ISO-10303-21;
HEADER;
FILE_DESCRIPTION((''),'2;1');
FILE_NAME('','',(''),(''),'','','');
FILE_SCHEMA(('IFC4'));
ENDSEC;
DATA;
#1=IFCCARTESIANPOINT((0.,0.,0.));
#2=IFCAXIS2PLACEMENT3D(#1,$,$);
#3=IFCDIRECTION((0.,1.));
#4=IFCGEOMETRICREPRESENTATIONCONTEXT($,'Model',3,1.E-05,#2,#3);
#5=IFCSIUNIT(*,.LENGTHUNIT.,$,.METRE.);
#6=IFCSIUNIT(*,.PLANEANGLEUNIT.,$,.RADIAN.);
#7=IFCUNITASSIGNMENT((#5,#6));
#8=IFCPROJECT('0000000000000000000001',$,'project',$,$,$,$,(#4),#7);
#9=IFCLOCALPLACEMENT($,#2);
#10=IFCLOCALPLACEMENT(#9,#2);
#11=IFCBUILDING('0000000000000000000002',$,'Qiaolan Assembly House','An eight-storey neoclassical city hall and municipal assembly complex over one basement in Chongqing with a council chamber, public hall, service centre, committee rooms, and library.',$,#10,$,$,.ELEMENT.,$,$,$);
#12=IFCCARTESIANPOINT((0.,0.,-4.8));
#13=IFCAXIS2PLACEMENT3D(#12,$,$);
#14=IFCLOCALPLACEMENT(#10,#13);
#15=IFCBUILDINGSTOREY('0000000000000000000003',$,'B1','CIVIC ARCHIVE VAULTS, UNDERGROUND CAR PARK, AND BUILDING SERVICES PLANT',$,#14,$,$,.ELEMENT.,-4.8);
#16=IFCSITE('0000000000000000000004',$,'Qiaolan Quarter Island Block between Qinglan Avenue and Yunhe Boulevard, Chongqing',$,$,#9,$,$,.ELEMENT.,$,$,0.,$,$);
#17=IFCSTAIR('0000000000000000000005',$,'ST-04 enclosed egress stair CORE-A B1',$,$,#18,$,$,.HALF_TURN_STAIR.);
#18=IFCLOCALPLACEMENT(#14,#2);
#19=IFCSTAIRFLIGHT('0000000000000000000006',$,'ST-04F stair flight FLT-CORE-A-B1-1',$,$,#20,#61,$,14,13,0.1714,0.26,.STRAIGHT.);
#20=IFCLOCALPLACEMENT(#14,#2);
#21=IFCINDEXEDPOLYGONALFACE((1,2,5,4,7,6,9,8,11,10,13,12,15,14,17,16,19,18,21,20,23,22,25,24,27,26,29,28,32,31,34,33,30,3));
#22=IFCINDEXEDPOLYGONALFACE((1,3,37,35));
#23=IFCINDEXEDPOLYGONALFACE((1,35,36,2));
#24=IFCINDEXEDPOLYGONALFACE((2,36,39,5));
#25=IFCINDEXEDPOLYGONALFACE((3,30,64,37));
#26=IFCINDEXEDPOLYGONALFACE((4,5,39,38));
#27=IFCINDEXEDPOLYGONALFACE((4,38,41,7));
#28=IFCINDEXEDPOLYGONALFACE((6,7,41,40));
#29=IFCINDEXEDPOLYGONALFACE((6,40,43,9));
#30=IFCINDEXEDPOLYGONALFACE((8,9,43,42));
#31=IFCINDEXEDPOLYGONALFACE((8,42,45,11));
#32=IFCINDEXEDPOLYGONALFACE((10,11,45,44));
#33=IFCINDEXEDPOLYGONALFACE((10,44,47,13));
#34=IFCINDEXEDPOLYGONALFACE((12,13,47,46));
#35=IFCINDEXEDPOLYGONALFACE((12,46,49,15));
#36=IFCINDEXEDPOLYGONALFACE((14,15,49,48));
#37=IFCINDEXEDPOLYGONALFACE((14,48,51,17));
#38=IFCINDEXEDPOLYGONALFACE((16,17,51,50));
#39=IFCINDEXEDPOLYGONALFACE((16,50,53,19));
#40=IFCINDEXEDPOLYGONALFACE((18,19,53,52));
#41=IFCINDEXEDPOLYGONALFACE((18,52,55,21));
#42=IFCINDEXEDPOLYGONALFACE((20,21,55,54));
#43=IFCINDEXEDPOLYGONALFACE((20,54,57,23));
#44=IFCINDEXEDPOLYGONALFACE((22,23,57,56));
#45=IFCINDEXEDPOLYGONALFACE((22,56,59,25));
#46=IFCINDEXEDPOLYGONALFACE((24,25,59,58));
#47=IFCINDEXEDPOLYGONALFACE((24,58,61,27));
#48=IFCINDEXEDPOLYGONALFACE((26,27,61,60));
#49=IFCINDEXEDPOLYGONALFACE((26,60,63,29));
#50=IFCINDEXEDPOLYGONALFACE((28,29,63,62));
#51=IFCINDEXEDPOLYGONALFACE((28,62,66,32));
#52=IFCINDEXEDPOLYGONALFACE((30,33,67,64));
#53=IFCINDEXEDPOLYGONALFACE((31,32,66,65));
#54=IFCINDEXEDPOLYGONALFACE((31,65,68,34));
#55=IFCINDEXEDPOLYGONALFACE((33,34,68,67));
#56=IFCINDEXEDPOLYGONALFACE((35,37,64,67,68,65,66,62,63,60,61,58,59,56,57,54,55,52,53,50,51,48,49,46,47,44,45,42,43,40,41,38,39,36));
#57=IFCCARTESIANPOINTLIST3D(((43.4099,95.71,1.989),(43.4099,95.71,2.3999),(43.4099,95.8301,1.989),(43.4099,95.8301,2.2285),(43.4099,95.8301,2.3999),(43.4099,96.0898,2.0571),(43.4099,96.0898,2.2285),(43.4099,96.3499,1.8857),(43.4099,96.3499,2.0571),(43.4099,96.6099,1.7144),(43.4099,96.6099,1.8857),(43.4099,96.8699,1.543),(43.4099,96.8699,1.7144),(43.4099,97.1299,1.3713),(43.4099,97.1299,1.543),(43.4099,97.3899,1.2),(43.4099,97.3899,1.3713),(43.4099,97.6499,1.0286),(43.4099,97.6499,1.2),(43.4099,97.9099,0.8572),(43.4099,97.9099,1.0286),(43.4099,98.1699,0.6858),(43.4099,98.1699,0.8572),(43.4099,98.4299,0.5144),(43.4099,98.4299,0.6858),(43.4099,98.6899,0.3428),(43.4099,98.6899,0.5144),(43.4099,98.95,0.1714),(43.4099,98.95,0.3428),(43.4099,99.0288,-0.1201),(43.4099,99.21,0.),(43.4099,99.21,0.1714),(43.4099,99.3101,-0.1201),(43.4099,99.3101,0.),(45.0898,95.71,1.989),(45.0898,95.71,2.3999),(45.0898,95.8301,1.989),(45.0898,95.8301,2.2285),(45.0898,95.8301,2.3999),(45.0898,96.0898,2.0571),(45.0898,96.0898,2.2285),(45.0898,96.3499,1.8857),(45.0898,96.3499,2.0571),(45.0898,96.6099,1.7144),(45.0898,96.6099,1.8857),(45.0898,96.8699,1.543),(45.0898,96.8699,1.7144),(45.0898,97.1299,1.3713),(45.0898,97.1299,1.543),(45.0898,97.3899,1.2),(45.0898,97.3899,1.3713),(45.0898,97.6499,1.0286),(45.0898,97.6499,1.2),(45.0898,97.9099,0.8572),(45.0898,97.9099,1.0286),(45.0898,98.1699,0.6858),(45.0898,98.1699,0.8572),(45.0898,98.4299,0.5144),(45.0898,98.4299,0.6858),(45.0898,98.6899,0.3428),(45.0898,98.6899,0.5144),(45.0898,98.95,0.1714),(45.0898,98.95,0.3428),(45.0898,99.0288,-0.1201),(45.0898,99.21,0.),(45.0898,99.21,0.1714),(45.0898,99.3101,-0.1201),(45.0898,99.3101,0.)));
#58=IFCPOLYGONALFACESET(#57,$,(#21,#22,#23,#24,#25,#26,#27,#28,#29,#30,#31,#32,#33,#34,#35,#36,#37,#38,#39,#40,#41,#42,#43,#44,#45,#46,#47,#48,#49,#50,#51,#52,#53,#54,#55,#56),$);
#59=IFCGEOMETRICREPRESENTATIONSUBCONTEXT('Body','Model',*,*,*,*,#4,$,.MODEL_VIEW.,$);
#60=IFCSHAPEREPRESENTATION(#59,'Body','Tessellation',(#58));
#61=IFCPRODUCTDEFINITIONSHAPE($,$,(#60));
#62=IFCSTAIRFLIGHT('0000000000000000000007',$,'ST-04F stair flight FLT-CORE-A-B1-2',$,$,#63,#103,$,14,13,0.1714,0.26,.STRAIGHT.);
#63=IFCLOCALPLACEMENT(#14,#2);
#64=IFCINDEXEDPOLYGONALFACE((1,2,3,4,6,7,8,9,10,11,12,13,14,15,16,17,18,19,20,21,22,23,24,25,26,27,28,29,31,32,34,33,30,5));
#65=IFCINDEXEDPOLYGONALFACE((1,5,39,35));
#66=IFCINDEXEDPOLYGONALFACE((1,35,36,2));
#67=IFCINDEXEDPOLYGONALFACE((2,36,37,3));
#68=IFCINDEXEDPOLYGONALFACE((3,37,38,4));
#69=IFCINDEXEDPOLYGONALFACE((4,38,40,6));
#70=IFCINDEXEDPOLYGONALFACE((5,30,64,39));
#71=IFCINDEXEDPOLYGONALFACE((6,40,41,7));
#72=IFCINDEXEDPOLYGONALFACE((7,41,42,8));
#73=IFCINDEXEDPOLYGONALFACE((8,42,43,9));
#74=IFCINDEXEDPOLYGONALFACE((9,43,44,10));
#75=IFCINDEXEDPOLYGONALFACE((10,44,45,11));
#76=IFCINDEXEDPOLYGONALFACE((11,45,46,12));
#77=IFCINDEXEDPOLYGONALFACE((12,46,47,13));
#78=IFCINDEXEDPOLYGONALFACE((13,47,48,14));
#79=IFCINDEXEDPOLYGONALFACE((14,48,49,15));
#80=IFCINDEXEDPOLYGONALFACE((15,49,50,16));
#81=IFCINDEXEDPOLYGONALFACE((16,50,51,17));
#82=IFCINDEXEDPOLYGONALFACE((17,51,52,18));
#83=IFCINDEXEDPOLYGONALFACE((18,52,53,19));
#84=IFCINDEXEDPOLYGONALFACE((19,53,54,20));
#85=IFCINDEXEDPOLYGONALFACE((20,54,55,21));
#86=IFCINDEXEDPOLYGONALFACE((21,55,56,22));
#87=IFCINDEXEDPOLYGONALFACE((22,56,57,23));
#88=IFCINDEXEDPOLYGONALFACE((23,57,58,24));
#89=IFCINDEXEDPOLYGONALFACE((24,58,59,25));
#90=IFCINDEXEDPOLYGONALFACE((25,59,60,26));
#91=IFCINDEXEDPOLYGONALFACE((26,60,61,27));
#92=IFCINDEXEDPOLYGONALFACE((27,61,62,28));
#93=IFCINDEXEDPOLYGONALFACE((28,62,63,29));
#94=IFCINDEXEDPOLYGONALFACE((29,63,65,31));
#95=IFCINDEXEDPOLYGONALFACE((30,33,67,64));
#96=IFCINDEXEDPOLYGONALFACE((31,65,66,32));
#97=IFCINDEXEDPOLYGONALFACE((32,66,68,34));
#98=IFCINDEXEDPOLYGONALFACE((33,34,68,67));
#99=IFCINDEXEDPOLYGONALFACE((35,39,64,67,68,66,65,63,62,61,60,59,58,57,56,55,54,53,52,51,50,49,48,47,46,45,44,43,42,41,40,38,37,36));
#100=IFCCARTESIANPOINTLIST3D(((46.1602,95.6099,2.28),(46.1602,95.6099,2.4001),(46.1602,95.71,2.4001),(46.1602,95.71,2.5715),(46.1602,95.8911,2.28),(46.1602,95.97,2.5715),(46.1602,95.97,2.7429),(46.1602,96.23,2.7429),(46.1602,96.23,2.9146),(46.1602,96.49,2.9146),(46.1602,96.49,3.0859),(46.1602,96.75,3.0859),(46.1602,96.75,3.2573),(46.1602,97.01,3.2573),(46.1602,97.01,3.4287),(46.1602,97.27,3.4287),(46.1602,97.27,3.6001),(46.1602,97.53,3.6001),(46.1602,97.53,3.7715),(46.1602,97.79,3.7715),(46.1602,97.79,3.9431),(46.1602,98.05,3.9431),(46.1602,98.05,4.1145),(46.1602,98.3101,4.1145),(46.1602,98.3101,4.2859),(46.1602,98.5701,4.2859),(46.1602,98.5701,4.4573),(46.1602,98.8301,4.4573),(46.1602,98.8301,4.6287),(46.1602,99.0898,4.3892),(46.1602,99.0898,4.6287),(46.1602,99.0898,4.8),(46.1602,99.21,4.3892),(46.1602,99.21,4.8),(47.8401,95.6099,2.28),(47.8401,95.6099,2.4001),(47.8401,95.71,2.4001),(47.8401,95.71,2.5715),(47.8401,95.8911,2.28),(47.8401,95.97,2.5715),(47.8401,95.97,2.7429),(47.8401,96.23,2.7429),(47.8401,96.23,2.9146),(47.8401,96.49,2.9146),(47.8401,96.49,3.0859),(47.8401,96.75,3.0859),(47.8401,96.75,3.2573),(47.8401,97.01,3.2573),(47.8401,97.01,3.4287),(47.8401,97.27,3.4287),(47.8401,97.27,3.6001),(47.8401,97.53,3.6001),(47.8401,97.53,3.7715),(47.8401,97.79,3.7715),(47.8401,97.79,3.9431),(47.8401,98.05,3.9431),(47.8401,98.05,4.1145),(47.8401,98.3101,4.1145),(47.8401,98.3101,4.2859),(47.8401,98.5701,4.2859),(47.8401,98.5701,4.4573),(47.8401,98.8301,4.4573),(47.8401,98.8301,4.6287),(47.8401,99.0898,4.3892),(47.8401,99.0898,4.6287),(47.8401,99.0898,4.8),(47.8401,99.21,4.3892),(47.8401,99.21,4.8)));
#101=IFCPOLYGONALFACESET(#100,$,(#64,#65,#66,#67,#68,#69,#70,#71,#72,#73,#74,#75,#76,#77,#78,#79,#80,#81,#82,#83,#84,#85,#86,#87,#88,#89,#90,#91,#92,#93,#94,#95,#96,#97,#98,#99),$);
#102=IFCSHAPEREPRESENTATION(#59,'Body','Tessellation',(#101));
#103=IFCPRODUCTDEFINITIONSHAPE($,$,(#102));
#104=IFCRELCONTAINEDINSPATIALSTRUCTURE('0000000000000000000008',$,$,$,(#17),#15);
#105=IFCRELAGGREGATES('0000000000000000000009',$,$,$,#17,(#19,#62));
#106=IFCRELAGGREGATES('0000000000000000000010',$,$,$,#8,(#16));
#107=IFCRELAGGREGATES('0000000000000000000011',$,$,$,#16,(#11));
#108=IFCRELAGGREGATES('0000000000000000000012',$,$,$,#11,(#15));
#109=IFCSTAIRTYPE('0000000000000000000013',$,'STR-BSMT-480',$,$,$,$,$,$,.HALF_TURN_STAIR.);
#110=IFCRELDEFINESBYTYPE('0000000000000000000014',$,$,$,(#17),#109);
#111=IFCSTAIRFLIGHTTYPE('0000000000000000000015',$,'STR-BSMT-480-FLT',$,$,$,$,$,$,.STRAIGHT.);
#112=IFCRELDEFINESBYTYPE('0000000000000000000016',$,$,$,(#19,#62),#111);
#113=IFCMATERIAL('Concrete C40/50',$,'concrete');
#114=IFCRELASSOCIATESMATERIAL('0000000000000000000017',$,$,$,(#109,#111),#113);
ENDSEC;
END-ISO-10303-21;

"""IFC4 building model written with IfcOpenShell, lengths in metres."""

from ifc_helpers import new_model, si_unit, direction, frame, origin, place, context, subcontext, project, spatial, polyline, outline, extrude, material, type_object, element, aggregate, save


model = new_model("IFC4")

# Units and contexts
model_context = context("Model", 3, precision=1e-05, world=origin(), true_north=direction((0.0, 1.0)))
body_context = subcontext(model_context, "Body", "Model", "MODEL_VIEW")
ifc_project = project(units=[si_unit("LENGTHUNIT", "METRE"), si_unit("PLANEANGLEUNIT", "RADIAN")], contexts=[model_context])

# Site, building, storey
site_placement = place(None, origin())
site = spatial("IfcSite", under=ifc_project, at=site_placement, Name="Qiaolan Quarter Island Block between Qinglan Avenue and Yunhe Boulevard, Chongqing", CompositionType="ELEMENT", RefElevation=0.0)
building_placement = place(site_placement, origin())
building = spatial("IfcBuilding", under=site, at=building_placement, Name="Qiaolan Assembly House", Description="An eight-storey neoclassical city hall and municipal assembly complex over one basement in Chongqing with a council chamber, public hall, service centre, committee rooms, and library.", CompositionType="ELEMENT")
storey_placement = place(building_placement, frame((0.0, 0.0, -4.8)))
storey = spatial("IfcBuildingStorey", under=building, at=storey_placement, Name="B1", Description="CIVIC ARCHIVE VAULTS, UNDERGROUND CAR PARK, AND BUILDING SERVICES PLANT", CompositionType="ELEMENT", Elevation=-4.8)

# Shared definitions
ifc_material_1 = material(Name="Concrete C40/50", Category="concrete")

# Stair, stair flights
stair_type = type_object("IfcStairType", Name="STR-BSMT-480", PredefinedType="HALF_TURN_STAIR", material=ifc_material_1)
stair_placement = place(storey_placement, origin())
stair = element("IfcStair", 1, at=stair_placement, inside=storey, type_object=stair_type, Name="ST-04 enclosed egress stair CORE-A B1", PredefinedType="HALF_TURN_STAIR")
stair_flight_type = type_object("IfcStairFlightType", Name="STR-BSMT-480-FLT", PredefinedType="STRAIGHT", material=ifc_material_1)
stair_flight_1_placement = place(storey_placement, frame((44.25, 99.21, 0.0), z_axis=(0.0, 0.0, 1.0), x_axis=(0.0, -1.0, 0.0)))
stair_flight_1 = element("IfcStairFlight", 2, at=stair_flight_1_placement, type_object=stair_flight_type, Name="ST-04F stair flight FLT-CORE-A-B1-1", NumberOfRisers=14, NumberOfTreads=13, PredefinedType="STRAIGHT", RiserHeight=0.1714, TreadLength=0.26, context=body_context, shape_type="SweptSolid", body=[
    extrude(outline(polyline([(-0.1001, -0.1201), (-0.1001, 0.0), (0.0, 0.0), (0.0, 0.1714), (0.26, 0.1714), (0.26, 0.3428), (0.52, 0.3428), (0.52, 0.5144), (0.78, 0.5144), (0.78, 0.6858), (1.04, 0.6858), (1.04, 0.8572), (1.3, 0.8572), (1.3, 1.0286), (1.5601, 1.0286), (1.5601, 1.2), (1.8201, 1.2), (1.8201, 1.3713), (2.0801, 1.3713), (2.0801, 1.543), (2.3401, 1.543), (2.3401, 1.7144), (2.6001, 1.7144), (2.6001, 1.8857), (2.8601, 1.8857), (2.8601, 2.0571), (3.1201, 2.0571), (3.1201, 2.2285), (3.3799, 2.2285), (3.3799, 2.3999), (3.5, 2.3999), (3.5, 1.989), (3.3799, 1.989), (0.1812, -0.1201), (-0.1001, -0.1201)])), frame((0.0, 0.8398, 0.0), z_axis=(0.0, -1.0, 0.0), x_axis=(1.0, 0.0, 0.0)), (0.0, 0.0, 1.0), 1.6799),
])
stair_flight_2_placement = place(storey_placement, frame((47.0, 95.71, 2.4001), z_axis=(0.0, 0.0, 1.0), x_axis=(0.0, 1.0, 0.0)))
stair_flight_2 = element("IfcStairFlight", 3, at=stair_flight_2_placement, type_object=stair_flight_type, Name="ST-04F stair flight FLT-CORE-A-B1-2", NumberOfRisers=14, NumberOfTreads=13, PredefinedType="STRAIGHT", RiserHeight=0.1714, TreadLength=0.26, context=body_context, shape_type="SweptSolid", body=[
    extrude(outline(polyline([(-0.1001, -0.1201), (-0.1001, 0.0), (0.0, 0.0), (0.0, 0.1714), (0.26, 0.1714), (0.26, 0.3428), (0.52, 0.3428), (0.52, 0.5144), (0.78, 0.5144), (0.78, 0.6858), (1.04, 0.6858), (1.04, 0.8572), (1.3, 0.8572), (1.3, 1.0286), (1.5601, 1.0286), (1.5601, 1.2), (1.8201, 1.2), (1.8201, 1.3713), (2.0801, 1.3713), (2.0801, 1.543), (2.3401, 1.543), (2.3401, 1.7144), (2.6001, 1.7144), (2.6001, 1.8857), (2.8601, 1.8857), (2.8601, 2.0571), (3.1201, 2.0571), (3.1201, 2.2285), (3.3799, 2.2285), (3.3799, 2.3999), (3.5, 2.3999), (3.5, 1.989), (3.3799, 1.989), (0.1812, -0.1201), (-0.1001, -0.1201)])), frame((0.0, 0.8398, 0.0), z_axis=(0.0, -1.0, 0.0), x_axis=(1.0, 0.0, 0.0)), (0.0, 0.0, 1.0), 1.6799),
])
aggregate(stair, [stair_flight_1, stair_flight_2])

save(model, "model.ifc")
